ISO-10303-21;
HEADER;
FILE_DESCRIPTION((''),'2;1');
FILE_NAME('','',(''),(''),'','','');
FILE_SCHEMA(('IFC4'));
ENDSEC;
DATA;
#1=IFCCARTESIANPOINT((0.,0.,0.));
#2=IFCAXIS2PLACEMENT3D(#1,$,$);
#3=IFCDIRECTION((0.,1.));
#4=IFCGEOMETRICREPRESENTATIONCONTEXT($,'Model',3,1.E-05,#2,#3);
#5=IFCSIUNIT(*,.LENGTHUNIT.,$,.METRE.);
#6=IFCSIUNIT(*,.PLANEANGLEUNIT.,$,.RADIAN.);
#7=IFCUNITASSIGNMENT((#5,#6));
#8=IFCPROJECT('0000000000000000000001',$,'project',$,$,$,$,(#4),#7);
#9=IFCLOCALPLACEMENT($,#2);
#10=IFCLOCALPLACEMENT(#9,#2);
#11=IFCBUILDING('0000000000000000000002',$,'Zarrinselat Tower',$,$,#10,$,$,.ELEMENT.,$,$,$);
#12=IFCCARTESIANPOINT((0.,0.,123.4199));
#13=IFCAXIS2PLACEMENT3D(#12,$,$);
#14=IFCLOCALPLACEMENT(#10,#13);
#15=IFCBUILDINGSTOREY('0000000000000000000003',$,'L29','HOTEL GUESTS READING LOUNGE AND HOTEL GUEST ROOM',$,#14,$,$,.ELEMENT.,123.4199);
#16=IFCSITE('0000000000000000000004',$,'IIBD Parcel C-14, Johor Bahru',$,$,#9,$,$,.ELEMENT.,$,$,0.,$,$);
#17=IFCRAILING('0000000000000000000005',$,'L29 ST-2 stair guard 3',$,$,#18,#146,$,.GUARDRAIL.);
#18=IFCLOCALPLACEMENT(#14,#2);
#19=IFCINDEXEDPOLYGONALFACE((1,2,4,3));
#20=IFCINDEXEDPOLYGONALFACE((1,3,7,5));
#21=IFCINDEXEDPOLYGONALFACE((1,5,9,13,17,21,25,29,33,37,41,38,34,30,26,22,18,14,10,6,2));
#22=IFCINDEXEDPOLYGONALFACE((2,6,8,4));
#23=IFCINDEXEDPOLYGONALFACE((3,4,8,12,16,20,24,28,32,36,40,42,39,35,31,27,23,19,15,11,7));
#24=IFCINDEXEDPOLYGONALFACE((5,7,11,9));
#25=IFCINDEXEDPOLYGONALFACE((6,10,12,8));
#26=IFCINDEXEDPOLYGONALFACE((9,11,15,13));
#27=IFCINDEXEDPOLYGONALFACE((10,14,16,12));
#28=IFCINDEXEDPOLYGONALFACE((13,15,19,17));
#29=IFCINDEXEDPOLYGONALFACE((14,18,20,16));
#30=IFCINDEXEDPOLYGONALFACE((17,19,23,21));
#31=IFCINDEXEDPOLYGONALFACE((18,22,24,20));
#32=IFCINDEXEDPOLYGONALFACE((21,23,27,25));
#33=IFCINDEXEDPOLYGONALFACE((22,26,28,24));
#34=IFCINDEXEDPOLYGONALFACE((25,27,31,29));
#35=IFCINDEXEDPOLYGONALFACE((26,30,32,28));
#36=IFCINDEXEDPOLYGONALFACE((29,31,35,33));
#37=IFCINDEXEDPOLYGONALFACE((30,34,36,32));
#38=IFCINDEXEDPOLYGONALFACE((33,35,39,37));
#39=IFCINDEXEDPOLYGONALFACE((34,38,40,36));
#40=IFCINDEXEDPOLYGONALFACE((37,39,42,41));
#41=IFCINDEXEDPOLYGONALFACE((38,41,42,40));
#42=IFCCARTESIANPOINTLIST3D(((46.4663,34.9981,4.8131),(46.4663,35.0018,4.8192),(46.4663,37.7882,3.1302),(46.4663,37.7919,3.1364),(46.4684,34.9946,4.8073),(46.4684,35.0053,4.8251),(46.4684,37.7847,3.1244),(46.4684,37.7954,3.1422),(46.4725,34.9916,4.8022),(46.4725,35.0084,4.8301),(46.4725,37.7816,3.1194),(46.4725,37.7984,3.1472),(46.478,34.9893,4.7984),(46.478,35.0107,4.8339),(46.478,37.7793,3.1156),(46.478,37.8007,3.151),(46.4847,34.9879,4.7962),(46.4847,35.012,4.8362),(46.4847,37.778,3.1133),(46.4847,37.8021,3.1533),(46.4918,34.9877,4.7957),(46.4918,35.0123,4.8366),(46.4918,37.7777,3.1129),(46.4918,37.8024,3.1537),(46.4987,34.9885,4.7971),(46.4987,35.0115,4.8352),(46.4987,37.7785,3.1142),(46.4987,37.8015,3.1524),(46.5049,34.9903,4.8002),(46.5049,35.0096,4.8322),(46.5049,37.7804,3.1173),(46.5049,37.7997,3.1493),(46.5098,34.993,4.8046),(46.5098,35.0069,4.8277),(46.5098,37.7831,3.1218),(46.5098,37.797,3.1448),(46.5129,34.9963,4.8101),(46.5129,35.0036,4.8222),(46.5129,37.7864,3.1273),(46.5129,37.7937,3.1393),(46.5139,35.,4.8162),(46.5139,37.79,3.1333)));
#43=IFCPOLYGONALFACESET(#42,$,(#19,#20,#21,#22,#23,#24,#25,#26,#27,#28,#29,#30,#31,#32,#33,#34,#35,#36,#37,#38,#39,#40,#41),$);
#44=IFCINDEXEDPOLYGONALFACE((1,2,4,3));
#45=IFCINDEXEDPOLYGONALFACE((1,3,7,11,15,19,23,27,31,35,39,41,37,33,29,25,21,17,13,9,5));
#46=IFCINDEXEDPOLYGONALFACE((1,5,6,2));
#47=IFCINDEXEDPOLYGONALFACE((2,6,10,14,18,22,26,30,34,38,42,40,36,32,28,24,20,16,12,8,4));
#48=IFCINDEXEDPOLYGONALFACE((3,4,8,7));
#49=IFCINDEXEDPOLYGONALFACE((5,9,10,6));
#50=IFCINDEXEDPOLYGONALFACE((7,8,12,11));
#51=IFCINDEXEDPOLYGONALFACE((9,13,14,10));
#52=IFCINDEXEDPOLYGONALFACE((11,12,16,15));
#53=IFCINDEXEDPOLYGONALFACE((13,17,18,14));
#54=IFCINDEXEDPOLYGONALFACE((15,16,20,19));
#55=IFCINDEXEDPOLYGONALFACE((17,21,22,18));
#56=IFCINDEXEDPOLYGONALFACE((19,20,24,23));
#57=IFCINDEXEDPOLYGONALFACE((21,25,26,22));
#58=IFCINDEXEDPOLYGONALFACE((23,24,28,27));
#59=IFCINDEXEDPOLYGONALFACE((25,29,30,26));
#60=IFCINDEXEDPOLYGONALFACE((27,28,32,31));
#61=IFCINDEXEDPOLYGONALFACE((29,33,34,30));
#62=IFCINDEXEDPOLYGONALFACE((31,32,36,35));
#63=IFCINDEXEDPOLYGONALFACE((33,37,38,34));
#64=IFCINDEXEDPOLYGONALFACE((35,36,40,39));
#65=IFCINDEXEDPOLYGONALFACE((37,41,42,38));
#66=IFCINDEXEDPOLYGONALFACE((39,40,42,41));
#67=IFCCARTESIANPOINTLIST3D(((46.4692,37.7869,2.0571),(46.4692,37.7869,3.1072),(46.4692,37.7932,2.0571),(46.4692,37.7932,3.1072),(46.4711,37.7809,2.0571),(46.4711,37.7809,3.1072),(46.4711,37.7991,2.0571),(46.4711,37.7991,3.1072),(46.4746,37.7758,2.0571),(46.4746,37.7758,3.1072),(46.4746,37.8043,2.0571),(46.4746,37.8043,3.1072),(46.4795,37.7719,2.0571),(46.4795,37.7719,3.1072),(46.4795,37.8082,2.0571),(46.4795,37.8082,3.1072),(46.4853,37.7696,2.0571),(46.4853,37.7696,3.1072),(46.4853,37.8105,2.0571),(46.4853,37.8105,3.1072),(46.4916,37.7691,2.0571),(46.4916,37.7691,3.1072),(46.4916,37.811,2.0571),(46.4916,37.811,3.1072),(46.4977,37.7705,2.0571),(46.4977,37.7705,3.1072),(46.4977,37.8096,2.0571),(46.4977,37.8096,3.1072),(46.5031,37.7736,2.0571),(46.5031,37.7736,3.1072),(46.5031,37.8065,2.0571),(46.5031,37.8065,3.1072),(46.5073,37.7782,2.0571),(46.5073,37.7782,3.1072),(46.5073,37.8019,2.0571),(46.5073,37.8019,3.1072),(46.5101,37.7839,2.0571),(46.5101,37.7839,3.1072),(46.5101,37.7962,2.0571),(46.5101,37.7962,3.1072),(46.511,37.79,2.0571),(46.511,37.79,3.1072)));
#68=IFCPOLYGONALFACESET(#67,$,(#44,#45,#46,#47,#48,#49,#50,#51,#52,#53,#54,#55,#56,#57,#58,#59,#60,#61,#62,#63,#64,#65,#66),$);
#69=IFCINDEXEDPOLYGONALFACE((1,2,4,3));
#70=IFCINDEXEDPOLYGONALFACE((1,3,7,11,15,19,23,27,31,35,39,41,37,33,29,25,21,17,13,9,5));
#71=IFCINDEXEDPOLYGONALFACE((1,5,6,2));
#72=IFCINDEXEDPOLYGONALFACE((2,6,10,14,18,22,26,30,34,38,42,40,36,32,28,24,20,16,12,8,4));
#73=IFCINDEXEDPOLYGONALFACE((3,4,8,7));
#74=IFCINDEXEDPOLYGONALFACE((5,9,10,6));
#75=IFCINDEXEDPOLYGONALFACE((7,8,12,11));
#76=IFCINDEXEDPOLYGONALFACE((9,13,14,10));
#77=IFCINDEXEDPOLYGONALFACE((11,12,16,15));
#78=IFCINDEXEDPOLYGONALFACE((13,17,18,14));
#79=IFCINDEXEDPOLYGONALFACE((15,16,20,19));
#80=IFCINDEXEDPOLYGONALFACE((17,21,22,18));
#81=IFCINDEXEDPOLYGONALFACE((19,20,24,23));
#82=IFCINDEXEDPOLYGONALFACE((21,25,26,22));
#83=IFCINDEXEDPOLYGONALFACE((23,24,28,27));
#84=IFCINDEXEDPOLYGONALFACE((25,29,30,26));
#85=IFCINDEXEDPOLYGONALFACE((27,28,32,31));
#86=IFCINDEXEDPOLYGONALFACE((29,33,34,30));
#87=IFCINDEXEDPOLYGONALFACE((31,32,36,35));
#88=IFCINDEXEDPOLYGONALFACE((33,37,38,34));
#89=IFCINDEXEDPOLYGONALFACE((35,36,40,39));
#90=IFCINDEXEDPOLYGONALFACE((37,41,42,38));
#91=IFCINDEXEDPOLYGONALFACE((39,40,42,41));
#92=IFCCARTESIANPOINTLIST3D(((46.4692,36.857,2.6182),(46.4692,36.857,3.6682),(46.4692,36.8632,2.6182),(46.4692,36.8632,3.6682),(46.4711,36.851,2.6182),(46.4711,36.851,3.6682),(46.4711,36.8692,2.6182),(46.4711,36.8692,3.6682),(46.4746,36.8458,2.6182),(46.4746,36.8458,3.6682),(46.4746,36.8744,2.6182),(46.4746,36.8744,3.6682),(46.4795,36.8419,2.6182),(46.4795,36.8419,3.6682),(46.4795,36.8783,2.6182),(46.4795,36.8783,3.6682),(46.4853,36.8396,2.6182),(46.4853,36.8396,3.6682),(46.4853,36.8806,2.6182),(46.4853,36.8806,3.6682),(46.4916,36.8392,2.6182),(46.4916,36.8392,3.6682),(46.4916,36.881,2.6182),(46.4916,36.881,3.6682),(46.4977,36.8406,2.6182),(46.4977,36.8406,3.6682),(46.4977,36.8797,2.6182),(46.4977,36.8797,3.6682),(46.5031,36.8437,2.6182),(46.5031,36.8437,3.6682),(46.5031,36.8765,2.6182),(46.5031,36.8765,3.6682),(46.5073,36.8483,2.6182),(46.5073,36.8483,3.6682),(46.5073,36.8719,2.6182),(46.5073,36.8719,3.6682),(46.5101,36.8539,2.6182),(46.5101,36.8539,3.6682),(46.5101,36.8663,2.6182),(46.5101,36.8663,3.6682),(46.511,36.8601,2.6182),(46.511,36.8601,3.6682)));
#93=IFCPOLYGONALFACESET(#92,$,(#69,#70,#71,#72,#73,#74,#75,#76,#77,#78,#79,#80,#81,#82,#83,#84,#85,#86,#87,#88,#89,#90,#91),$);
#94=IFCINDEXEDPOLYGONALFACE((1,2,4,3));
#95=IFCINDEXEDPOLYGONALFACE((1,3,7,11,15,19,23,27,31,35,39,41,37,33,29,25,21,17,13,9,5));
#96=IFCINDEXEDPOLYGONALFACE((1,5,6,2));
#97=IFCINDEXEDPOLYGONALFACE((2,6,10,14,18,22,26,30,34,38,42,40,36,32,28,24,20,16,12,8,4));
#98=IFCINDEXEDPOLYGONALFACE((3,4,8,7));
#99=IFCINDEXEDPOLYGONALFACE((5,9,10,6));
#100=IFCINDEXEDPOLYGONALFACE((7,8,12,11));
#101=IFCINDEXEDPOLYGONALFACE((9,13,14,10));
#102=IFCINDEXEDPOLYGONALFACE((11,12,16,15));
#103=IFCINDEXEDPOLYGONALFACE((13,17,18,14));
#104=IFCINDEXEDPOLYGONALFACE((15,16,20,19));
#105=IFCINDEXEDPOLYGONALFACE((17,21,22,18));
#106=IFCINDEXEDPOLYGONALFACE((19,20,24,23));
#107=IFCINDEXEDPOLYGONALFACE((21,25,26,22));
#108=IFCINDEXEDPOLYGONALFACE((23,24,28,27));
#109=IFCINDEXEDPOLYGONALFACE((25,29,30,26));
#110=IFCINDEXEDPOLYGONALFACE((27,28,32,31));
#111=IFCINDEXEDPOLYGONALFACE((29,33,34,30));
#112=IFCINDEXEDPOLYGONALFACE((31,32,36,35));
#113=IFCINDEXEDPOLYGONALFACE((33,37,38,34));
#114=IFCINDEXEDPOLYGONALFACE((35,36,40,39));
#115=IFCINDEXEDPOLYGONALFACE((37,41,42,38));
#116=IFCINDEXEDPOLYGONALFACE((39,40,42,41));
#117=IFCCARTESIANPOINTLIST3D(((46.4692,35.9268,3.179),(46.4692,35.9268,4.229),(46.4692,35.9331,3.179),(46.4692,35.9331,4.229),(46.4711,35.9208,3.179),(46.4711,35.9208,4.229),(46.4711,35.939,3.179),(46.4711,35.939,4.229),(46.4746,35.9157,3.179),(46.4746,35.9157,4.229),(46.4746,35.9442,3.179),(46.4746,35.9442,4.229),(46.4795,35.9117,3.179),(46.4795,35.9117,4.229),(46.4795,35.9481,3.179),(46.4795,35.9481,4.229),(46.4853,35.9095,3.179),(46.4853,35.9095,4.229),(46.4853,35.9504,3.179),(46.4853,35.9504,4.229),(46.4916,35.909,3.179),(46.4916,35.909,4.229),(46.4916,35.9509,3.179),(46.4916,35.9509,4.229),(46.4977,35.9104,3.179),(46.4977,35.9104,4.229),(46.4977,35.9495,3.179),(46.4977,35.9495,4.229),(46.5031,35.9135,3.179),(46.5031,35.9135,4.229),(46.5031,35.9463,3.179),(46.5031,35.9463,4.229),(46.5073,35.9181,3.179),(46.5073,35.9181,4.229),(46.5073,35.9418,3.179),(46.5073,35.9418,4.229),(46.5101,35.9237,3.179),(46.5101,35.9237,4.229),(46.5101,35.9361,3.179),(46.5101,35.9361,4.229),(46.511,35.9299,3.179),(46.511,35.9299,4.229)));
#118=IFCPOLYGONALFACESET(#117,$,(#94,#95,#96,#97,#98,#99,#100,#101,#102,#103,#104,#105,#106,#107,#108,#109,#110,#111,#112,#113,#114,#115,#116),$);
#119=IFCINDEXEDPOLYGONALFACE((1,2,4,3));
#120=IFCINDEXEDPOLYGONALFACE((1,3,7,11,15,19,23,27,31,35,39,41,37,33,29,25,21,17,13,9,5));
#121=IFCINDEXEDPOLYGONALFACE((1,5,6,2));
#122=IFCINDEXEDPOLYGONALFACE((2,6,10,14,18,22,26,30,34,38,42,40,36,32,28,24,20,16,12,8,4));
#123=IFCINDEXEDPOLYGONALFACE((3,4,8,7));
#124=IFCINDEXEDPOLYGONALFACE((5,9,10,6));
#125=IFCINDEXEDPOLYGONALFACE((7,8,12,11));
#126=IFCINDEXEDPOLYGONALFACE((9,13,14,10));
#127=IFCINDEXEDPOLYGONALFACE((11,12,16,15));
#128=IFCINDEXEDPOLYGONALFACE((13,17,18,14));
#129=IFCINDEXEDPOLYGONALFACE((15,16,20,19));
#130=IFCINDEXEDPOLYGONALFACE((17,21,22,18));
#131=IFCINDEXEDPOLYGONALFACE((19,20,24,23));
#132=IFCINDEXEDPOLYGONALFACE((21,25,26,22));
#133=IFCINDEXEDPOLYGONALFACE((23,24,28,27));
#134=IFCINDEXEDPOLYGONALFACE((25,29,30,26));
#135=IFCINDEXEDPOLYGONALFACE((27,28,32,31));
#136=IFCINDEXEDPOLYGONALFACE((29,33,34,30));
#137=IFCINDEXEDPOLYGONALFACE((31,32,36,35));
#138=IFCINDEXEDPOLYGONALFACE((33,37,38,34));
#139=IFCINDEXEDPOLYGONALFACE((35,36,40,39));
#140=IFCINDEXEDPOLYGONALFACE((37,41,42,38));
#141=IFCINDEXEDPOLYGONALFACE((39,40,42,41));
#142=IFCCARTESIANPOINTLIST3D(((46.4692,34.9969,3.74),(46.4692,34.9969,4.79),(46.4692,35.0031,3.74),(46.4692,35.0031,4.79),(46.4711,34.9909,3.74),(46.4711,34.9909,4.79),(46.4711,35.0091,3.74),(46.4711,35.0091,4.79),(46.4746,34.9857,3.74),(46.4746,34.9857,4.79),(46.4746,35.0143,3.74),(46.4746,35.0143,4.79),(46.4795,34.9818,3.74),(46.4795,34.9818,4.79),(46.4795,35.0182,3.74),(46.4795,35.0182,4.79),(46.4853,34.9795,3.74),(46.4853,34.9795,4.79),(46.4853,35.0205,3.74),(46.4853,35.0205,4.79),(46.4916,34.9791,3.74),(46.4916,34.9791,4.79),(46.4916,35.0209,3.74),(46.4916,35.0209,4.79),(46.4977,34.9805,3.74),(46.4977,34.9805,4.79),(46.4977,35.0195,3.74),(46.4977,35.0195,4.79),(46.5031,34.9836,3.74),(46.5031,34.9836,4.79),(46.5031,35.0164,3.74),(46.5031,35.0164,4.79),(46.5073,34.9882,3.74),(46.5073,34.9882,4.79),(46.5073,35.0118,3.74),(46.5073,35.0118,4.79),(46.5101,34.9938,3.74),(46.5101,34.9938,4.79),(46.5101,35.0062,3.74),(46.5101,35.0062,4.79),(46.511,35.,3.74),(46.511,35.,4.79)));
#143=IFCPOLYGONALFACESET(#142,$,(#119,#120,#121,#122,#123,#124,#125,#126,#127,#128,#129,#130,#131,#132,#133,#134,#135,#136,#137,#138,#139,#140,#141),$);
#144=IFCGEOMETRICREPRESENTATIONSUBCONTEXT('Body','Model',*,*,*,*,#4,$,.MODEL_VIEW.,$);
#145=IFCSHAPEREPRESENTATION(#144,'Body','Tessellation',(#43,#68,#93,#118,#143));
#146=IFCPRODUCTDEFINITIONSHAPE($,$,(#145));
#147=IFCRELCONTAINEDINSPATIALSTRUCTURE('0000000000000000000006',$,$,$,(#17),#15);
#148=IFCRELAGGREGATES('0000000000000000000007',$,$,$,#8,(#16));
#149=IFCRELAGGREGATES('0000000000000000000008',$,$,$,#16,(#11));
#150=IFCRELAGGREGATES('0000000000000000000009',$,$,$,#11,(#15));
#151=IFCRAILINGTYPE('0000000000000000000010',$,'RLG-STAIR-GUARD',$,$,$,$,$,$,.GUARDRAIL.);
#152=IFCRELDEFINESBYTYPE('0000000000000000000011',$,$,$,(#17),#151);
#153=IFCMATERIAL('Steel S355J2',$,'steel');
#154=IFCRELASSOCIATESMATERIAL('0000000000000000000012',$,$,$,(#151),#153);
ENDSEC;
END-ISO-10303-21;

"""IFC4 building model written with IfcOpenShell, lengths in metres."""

from ifc_helpers import new_model, si_unit, direction, frame, origin, origin_2d, place, context, subcontext, project, spatial, circle, extrude, material, type_object, element, save


model = new_model("IFC4")

# Units and contexts
model_context = context("Model", 3, precision=1e-05, world=origin(), true_north=direction((0.0, 1.0)))
body_context = subcontext(model_context, "Body", "Model", "MODEL_VIEW")
ifc_project = project(units=[si_unit("LENGTHUNIT", "METRE"), si_unit("PLANEANGLEUNIT", "RADIAN")], contexts=[model_context])

# Site, building, storey
site_placement = place(None, origin())
site = spatial("IfcSite", under=ifc_project, at=site_placement, Name="IIBD Parcel C-14, Johor Bahru", CompositionType="ELEMENT", RefElevation=0.0)
building_placement = place(site_placement, origin())
building = spatial("IfcBuilding", under=site, at=building_placement, Name="Zarrinselat Tower", CompositionType="ELEMENT")
storey_placement = place(building_placement, frame((0.0, 0.0, 123.4199)))
storey = spatial("IfcBuildingStorey", under=building, at=storey_placement, Name="L29", Description="HOTEL GUESTS READING LOUNGE AND HOTEL GUEST ROOM", CompositionType="ELEMENT", Elevation=123.4199)

# Railing
ifc_material_1 = material(Name="Steel S355J2", Category="steel")
railing_type_1 = type_object("IfcRailingType", Name="RLG-STAIR-GUARD", PredefinedType="GUARDRAIL", material=ifc_material_1)
railing_1_placement = place(storey_placement, frame((46.49, 37.79, 2.0571)))
element("IfcRailing", 1, at=railing_1_placement, inside=storey, type_object=railing_type_1, Name="L29 ST-2 stair guard 3", PredefinedType="GUARDRAIL", context=body_context, shape_type="SweptSolid", body=[
    extrude(circle(Radius=0.0239, at=origin_2d()), frame((0.0, 0.0, 1.0762), z_axis=(0.0, -0.856294, 0.516489), x_axis=(1.0, 0.0, 0.0)), (0.0, 0.0, 1.0), 3.2583),
    extrude(circle(Radius=0.021, at=origin_2d()), origin(), (0.0, 0.0, 1.0), 1.05),
    extrude(circle(Radius=0.021, at=origin_2d()), frame((0.0, -0.9299, 0.561)), (0.0, 0.0, 1.0), 1.05),
    extrude(circle(Radius=0.021, at=origin_2d()), frame((0.0, -1.8601, 1.1218)), (0.0, 0.0, 1.0), 1.05),
    extrude(circle(Radius=0.021, at=origin_2d()), frame((0.0, -2.79, 1.6829)), (0.0, 0.0, 1.0), 1.05),
])

save(model, "model.ifc")
